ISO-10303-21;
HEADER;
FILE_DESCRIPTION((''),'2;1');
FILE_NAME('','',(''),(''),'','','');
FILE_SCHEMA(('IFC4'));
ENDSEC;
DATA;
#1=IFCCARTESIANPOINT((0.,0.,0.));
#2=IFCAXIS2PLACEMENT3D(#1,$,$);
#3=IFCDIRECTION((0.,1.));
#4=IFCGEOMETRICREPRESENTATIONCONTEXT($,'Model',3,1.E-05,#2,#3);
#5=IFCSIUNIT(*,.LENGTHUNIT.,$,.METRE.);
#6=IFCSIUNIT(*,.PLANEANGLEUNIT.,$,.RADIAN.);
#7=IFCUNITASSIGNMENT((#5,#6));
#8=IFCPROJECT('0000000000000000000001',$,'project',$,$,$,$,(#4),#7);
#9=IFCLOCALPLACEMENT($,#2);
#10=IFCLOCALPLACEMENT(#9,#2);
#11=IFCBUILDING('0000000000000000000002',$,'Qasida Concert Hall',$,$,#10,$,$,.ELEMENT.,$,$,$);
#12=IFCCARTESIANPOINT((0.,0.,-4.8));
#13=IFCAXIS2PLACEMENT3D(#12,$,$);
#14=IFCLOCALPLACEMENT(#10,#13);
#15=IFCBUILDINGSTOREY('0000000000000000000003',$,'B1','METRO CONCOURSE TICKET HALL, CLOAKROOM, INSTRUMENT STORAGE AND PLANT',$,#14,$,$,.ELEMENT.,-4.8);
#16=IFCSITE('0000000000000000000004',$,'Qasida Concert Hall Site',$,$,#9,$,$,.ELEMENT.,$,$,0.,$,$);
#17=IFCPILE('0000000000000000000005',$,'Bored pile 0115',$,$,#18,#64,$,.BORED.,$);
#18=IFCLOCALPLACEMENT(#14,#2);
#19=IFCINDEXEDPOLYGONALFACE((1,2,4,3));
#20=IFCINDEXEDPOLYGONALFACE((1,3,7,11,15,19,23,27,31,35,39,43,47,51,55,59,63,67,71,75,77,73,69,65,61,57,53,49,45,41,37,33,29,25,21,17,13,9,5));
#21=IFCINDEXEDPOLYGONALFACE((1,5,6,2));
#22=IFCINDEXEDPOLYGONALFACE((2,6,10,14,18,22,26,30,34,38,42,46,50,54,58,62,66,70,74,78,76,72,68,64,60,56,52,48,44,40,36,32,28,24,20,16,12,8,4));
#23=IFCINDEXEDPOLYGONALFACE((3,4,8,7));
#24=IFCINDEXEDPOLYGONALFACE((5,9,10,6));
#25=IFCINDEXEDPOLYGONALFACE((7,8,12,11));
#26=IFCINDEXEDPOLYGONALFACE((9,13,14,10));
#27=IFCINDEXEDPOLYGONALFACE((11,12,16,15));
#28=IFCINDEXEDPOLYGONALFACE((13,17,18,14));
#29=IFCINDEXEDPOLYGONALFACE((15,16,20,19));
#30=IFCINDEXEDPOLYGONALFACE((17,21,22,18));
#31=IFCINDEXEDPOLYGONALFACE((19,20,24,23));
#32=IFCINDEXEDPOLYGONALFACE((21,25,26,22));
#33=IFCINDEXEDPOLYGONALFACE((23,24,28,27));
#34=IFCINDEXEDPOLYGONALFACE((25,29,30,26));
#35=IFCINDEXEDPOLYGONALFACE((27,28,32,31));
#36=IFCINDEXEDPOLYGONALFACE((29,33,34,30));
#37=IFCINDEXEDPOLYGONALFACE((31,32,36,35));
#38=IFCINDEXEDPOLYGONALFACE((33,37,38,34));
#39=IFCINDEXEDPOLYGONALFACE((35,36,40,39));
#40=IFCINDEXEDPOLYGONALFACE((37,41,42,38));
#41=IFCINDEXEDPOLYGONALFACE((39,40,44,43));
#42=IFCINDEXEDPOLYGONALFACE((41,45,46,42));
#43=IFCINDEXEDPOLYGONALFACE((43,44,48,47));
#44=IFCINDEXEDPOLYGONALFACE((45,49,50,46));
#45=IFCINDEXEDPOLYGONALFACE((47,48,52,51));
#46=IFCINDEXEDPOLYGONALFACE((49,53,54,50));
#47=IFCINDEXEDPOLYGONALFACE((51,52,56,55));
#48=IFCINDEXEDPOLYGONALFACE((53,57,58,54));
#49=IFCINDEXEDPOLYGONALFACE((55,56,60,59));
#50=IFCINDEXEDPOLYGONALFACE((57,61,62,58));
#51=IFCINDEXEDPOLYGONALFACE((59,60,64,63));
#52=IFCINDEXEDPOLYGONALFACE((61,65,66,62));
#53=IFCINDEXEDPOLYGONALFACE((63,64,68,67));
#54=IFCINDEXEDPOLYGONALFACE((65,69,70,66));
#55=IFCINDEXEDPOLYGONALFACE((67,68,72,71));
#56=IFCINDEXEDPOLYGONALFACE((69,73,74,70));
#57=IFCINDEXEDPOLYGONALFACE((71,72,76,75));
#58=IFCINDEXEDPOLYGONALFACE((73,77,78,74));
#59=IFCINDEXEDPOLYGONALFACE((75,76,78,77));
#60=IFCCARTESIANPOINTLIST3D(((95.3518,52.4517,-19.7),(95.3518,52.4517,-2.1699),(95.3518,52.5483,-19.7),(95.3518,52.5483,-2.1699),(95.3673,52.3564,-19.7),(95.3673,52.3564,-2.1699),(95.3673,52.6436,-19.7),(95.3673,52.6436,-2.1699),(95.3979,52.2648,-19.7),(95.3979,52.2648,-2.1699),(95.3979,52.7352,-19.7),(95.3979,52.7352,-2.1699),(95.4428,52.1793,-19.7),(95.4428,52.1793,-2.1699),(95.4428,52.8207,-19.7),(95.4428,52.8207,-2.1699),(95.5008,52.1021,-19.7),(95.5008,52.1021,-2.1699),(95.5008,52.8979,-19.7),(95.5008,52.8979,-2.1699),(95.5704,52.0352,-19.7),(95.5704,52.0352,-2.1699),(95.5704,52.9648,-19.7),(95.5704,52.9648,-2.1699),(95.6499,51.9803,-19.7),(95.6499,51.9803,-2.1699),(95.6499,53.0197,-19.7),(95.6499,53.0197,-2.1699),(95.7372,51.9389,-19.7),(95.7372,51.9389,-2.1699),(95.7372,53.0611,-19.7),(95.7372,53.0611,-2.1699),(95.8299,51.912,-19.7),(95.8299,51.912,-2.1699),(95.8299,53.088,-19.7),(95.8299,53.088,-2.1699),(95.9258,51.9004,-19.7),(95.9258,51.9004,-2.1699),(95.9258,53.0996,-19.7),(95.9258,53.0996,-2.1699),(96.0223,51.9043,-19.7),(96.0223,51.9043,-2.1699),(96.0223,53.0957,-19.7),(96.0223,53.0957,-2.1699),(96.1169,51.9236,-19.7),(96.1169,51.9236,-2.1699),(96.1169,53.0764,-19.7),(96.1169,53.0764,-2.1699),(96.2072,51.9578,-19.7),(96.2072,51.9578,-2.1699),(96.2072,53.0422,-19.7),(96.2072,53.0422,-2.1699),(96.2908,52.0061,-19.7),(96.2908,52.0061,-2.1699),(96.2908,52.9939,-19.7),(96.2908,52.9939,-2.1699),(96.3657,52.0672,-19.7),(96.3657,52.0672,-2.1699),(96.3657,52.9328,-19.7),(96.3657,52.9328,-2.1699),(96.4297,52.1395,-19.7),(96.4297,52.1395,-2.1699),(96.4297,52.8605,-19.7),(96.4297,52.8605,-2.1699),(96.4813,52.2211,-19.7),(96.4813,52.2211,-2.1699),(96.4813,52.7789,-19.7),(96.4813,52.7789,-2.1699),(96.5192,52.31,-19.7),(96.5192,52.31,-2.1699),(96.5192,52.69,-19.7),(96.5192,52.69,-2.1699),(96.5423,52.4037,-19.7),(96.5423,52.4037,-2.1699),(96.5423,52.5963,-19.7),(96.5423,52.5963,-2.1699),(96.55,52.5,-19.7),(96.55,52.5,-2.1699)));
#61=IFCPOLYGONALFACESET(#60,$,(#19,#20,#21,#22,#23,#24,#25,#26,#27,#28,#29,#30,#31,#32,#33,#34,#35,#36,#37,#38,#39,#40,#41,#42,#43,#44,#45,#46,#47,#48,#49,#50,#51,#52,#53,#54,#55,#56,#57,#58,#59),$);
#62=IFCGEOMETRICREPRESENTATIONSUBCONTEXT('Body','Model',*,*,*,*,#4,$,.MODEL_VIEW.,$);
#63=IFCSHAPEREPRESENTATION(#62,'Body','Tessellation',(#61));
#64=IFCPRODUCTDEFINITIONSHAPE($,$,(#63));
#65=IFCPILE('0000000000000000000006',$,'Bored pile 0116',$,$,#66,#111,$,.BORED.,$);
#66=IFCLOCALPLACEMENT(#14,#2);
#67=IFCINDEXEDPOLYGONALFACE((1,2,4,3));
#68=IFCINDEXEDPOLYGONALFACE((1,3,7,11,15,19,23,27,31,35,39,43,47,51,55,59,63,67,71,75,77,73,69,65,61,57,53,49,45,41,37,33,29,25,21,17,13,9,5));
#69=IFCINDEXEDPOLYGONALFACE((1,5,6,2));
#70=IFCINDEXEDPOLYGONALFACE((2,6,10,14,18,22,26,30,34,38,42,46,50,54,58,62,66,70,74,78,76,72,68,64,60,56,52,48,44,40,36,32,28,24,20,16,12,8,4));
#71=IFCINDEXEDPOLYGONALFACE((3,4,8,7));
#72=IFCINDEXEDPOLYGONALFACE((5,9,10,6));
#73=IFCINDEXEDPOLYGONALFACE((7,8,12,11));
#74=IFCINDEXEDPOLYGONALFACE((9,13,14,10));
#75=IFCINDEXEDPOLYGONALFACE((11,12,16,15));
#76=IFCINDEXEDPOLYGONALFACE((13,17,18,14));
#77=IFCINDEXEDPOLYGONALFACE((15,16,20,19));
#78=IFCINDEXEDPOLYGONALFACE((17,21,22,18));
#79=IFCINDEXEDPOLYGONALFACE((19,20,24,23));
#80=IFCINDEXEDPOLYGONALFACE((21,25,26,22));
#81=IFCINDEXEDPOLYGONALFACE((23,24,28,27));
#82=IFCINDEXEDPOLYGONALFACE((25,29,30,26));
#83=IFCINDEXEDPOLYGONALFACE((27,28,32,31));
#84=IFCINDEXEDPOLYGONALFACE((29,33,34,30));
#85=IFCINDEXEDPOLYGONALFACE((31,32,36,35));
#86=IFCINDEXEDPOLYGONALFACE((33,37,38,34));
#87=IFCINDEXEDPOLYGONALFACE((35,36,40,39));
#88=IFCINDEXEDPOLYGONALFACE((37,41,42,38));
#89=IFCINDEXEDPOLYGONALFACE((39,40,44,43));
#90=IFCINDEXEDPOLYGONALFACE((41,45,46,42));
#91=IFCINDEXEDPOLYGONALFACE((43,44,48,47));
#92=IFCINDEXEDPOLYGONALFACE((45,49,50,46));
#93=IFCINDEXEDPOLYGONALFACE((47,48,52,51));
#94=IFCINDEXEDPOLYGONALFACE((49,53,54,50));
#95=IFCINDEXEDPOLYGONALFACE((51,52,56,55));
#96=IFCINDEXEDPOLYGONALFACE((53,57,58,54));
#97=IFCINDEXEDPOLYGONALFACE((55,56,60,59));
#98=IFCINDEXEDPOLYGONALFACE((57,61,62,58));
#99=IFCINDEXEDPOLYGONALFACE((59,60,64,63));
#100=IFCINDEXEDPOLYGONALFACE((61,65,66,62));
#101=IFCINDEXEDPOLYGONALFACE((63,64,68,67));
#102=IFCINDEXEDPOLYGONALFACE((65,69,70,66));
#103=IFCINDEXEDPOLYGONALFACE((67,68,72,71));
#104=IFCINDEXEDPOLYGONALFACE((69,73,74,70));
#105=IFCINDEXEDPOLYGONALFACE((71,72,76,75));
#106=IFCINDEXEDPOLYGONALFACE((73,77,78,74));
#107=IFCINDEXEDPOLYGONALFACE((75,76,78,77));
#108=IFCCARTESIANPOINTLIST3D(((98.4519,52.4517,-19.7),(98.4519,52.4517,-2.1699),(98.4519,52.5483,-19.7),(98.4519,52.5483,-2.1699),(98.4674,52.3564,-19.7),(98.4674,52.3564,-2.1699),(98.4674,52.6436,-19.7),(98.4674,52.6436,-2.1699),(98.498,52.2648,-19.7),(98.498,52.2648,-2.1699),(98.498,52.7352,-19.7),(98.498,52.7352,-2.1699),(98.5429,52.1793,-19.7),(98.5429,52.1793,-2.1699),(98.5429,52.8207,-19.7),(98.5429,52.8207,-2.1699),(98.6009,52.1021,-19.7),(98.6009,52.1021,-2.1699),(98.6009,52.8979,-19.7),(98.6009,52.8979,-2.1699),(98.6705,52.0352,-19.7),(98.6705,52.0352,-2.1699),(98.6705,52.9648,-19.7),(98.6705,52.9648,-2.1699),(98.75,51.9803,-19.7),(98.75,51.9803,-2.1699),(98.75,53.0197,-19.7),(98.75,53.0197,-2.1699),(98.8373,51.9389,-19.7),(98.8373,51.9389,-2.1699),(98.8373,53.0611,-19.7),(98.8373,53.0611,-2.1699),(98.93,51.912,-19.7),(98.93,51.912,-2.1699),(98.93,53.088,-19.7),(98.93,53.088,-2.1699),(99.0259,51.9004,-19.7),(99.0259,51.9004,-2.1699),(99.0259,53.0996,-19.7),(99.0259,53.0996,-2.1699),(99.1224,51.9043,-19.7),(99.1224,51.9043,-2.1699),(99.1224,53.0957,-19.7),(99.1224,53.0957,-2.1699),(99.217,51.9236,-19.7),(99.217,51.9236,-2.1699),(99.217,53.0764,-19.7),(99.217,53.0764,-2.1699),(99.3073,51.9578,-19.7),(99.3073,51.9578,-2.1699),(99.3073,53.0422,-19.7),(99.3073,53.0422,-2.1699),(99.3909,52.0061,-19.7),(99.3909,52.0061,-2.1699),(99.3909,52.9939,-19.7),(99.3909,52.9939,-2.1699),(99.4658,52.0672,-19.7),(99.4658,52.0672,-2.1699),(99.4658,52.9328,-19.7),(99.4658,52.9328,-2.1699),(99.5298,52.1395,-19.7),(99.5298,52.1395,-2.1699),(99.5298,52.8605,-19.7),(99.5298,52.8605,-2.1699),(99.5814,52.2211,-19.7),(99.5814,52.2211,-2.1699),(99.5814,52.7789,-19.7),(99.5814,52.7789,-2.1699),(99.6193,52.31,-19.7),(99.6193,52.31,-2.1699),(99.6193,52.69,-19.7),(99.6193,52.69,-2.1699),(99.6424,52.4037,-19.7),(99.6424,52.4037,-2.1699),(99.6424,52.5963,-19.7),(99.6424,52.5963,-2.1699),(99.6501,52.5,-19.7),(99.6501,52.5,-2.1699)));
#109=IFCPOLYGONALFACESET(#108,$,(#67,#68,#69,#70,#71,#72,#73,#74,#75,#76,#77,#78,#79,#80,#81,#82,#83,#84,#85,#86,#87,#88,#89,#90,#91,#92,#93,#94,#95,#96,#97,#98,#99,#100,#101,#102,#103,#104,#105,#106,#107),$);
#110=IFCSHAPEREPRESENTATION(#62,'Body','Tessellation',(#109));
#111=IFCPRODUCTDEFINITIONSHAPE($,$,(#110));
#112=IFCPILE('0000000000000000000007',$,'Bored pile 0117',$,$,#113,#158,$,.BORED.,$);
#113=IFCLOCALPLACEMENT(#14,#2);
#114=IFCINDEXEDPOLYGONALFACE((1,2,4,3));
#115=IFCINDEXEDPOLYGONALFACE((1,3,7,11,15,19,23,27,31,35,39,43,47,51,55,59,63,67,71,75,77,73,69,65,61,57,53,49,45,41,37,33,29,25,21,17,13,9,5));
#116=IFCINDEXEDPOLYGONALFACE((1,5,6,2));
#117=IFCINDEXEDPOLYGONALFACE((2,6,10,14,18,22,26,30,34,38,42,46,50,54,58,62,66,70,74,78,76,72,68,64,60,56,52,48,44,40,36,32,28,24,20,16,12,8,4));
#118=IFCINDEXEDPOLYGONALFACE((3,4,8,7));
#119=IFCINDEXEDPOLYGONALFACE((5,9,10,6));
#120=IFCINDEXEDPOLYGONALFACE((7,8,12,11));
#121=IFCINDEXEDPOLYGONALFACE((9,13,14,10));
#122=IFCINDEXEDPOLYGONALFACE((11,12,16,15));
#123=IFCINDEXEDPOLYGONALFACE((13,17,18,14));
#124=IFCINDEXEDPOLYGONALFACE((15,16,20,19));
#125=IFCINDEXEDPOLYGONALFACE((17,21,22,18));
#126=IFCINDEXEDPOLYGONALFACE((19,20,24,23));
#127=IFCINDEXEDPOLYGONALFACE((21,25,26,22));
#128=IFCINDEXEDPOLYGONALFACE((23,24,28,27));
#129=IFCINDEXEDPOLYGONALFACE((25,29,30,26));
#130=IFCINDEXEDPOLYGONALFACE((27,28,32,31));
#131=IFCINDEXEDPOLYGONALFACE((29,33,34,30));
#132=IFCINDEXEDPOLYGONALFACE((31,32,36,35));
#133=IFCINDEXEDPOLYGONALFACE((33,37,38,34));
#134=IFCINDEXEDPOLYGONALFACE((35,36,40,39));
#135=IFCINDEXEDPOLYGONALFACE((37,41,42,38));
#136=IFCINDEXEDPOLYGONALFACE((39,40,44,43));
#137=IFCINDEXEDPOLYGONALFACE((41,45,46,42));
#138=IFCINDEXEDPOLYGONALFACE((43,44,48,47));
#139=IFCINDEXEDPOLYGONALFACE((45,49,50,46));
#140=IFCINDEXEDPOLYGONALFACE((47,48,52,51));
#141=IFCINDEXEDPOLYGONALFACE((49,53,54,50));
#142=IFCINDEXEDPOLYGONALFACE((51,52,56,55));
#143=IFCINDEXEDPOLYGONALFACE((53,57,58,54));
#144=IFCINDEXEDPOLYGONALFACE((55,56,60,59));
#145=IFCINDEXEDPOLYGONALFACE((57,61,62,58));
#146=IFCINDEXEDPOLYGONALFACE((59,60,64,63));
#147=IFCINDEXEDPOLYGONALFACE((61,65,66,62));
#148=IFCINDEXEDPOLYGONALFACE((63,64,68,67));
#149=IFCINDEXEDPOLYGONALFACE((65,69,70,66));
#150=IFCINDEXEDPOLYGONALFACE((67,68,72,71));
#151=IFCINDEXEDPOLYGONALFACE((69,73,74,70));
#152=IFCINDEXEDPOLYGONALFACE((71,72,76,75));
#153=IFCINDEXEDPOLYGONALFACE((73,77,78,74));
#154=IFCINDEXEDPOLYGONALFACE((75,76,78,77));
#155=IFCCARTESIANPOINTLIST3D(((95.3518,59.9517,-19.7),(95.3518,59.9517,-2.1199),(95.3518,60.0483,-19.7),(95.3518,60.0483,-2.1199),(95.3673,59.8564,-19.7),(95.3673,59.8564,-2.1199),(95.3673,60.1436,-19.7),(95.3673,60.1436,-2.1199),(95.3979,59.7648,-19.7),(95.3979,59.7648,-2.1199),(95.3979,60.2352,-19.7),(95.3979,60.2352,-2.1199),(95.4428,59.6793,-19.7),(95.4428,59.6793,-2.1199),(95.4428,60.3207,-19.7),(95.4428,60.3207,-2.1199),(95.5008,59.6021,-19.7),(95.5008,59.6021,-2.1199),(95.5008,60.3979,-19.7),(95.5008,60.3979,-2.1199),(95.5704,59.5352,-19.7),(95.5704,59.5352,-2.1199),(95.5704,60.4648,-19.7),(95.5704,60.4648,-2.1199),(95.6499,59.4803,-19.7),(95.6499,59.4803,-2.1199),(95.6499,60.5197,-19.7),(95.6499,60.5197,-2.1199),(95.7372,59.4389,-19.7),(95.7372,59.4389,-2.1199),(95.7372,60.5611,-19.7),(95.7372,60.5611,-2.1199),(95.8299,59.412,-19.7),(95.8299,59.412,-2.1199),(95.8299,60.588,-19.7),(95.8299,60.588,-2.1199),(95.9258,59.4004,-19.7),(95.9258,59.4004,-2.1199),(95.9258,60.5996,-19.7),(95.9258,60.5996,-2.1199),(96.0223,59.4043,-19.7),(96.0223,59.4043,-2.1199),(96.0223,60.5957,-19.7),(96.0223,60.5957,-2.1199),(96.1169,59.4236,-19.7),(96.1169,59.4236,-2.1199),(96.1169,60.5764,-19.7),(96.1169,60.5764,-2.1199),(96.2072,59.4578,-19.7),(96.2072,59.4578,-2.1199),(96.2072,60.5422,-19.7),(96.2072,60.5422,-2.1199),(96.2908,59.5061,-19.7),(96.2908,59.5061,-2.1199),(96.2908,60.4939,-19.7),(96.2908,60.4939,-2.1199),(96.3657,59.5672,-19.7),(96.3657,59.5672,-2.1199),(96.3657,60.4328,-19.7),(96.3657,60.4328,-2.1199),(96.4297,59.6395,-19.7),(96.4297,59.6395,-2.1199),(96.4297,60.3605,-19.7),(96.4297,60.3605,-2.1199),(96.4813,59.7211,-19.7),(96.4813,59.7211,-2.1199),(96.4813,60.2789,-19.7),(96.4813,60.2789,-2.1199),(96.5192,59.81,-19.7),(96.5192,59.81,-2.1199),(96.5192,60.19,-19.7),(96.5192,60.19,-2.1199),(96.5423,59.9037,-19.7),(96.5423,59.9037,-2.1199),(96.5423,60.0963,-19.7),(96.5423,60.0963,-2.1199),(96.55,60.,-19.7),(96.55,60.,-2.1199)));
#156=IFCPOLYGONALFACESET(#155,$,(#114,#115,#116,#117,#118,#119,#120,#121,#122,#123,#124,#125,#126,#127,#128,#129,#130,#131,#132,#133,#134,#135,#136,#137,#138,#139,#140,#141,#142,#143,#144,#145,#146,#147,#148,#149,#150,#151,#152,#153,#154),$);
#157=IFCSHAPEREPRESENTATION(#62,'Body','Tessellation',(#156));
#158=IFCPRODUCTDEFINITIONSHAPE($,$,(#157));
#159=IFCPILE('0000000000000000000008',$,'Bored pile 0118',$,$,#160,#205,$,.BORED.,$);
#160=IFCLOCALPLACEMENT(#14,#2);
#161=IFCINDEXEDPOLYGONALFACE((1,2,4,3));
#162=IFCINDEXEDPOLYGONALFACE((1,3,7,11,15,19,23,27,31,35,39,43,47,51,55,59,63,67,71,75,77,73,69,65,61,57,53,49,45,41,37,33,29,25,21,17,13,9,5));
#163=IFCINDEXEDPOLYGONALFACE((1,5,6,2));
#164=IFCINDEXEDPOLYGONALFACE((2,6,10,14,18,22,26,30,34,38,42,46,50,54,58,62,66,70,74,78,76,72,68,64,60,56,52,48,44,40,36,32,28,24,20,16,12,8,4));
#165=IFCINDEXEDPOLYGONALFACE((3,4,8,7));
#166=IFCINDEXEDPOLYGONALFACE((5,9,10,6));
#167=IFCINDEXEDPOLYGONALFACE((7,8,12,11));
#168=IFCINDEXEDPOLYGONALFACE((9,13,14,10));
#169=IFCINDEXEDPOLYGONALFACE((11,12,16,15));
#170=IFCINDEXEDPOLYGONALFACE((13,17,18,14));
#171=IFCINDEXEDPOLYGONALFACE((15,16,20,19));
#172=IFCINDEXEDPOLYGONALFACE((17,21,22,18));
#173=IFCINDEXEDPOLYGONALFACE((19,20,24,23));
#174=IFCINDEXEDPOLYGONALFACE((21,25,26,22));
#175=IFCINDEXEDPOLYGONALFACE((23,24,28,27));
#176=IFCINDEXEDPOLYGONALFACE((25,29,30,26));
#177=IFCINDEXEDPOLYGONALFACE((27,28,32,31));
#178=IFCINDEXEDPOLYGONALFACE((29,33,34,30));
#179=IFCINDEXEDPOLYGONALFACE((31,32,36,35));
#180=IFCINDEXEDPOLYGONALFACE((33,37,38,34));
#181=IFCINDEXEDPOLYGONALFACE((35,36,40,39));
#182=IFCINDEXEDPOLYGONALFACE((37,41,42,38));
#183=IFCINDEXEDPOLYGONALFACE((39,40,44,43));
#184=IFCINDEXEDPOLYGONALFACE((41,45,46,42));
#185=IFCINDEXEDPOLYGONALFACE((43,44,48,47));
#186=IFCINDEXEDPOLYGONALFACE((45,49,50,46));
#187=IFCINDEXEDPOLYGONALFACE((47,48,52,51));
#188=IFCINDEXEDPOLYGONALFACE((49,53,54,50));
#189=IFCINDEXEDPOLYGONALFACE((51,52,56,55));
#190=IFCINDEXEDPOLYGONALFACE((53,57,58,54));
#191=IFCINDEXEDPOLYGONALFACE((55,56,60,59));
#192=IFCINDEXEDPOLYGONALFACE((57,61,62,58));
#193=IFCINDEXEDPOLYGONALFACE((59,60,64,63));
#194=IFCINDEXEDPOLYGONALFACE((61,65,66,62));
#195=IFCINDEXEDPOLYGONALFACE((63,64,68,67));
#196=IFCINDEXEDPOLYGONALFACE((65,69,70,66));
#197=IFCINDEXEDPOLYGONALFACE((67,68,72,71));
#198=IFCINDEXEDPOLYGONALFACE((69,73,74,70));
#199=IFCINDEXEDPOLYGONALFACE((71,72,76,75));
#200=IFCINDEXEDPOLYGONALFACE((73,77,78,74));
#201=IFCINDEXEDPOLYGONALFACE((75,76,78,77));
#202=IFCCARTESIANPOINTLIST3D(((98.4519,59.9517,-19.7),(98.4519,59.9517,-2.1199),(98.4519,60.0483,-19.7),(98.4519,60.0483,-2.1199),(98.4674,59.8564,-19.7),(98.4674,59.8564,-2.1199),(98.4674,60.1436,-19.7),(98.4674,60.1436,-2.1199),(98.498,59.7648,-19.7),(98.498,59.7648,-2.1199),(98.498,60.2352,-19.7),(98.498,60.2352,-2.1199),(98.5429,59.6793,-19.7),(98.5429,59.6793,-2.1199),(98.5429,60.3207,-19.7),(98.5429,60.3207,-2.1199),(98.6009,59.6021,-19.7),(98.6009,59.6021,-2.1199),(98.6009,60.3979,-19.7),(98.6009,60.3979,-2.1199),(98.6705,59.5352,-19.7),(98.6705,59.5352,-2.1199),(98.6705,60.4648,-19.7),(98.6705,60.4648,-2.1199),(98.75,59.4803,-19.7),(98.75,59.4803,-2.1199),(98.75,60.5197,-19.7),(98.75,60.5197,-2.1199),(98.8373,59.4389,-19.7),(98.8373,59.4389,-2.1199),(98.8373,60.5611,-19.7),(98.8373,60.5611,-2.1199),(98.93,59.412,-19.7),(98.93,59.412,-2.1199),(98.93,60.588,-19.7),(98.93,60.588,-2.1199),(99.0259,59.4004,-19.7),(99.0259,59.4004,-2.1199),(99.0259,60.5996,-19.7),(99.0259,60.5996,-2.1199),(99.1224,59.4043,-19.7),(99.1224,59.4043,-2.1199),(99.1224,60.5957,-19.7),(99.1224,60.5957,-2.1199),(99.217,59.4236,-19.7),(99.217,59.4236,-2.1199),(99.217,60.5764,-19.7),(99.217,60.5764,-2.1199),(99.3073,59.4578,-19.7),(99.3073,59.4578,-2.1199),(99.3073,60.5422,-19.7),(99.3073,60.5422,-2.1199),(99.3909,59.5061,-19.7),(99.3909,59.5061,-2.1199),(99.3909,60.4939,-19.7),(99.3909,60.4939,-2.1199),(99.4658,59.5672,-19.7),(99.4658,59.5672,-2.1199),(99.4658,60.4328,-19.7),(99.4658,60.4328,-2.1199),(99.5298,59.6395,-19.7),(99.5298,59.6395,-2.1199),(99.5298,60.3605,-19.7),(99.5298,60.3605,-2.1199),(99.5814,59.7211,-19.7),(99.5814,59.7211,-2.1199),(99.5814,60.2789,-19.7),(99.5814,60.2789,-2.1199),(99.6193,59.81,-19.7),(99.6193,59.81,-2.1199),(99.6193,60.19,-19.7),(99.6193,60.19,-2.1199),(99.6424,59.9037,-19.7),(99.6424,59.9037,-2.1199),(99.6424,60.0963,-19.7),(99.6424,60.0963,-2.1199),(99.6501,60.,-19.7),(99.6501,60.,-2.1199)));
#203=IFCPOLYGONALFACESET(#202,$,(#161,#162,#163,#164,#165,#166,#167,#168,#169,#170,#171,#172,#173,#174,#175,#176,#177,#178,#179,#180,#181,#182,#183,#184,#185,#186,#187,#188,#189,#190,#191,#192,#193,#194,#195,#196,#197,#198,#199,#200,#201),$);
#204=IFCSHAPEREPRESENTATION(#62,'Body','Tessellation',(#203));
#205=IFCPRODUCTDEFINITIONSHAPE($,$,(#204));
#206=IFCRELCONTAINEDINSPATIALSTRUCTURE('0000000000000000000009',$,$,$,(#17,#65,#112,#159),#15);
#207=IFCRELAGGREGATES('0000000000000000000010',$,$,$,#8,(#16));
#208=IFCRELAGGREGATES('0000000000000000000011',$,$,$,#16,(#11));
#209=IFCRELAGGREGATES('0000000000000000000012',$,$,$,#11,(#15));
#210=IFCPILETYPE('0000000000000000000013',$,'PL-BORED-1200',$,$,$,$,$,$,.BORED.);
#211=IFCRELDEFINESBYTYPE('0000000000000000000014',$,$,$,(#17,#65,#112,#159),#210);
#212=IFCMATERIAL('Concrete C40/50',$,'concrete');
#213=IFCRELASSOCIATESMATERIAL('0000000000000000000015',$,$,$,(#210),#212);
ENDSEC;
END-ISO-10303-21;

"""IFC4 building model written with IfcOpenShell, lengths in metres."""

from ifc_helpers import new_model, si_unit, direction, frame, origin, origin_2d, place, context, subcontext, project, spatial, circle, extrude, material, material_profile, profile_set, type_object, element, save


model = new_model("IFC4")

# Units and contexts
model_context = context("Model", 3, precision=1e-05, world=origin(), true_north=direction((0.0, 1.0)))
body_context = subcontext(model_context, "Body", "Model", "MODEL_VIEW")
ifc_project = project(units=[si_unit("LENGTHUNIT", "METRE"), si_unit("PLANEANGLEUNIT", "RADIAN")], contexts=[model_context])

# Site, building, storey
site_placement = place(None, origin())
site = spatial("IfcSite", under=ifc_project, at=site_placement, Name="Qasida Concert Hall Site", CompositionType="ELEMENT", RefElevation=0.0)
building_placement = place(site_placement, origin())
building = spatial("IfcBuilding", under=site, at=building_placement, Name="Qasida Concert Hall", CompositionType="ELEMENT")
storey_placement = place(building_placement, frame((0.0, 0.0, -4.8)))
storey = spatial("IfcBuildingStorey", under=building, at=storey_placement, Name="B1", Description="METRO CONCOURSE TICKET HALL, CLOAKROOM, INSTRUMENT STORAGE AND PLANT", CompositionType="ELEMENT", Elevation=-4.8)

# Shared definitions
ifc_material_1 = material(Name="Concrete C40/50", Category="concrete")

# Piles
ifc_material_profile_1 = material_profile(ifc_material_1, circle(Radius=0.6001, at=origin_2d()), Name="BORED PILE D1200")
ifc_profile_set_1 = profile_set([ifc_material_profile_1], Name="Concrete C40/50")
pile_type_1 = type_object("IfcPileType", Name="PL-BORED-1200", PredefinedType="BORED", material=ifc_profile_set_1)
for number, where, z_axis, x_axis, name in (
    (1, (95.95, 52.5, -2.1699), (0.0, 0.0, -1.0), (1.0, 0.0, 0.0), "Bored pile 0115"),
    (2, (99.05, 52.5, -2.1699), (0.0, 0.0, -1.0), (1.0, 0.0, 0.0), "Bored pile 0116"),
):
    element("IfcPile", number, at=place(storey_placement, frame(where, z_axis=z_axis, x_axis=x_axis)), inside=storey, type_object=pile_type_1, Name=name, PredefinedType="BORED", context=body_context, shape_type="SweptSolid", body=[
        extrude(circle(Radius=0.6001, at=origin_2d()), origin(), (0.0, 0.0, 1.0), 17.53),
    ])
for number, where, z_axis, x_axis, name in (
    (3, (95.95, 60.0, -2.1199), (0.0, 0.0, -1.0), (1.0, 0.0, 0.0), "Bored pile 0117"),
    (4, (99.05, 60.0, -2.1199), (0.0, 0.0, -1.0), (1.0, 0.0, 0.0), "Bored pile 0118"),
):
    element("IfcPile", number, at=place(storey_placement, frame(where, z_axis=z_axis, x_axis=x_axis)), inside=storey, type_object=pile_type_1, Name=name, PredefinedType="BORED", context=body_context, shape_type="SweptSolid", body=[
        extrude(circle(Radius=0.6001, at=origin_2d()), origin(), (0.0, 0.0, 1.0), 17.5801),
    ])

save(model, "model.ifc")
